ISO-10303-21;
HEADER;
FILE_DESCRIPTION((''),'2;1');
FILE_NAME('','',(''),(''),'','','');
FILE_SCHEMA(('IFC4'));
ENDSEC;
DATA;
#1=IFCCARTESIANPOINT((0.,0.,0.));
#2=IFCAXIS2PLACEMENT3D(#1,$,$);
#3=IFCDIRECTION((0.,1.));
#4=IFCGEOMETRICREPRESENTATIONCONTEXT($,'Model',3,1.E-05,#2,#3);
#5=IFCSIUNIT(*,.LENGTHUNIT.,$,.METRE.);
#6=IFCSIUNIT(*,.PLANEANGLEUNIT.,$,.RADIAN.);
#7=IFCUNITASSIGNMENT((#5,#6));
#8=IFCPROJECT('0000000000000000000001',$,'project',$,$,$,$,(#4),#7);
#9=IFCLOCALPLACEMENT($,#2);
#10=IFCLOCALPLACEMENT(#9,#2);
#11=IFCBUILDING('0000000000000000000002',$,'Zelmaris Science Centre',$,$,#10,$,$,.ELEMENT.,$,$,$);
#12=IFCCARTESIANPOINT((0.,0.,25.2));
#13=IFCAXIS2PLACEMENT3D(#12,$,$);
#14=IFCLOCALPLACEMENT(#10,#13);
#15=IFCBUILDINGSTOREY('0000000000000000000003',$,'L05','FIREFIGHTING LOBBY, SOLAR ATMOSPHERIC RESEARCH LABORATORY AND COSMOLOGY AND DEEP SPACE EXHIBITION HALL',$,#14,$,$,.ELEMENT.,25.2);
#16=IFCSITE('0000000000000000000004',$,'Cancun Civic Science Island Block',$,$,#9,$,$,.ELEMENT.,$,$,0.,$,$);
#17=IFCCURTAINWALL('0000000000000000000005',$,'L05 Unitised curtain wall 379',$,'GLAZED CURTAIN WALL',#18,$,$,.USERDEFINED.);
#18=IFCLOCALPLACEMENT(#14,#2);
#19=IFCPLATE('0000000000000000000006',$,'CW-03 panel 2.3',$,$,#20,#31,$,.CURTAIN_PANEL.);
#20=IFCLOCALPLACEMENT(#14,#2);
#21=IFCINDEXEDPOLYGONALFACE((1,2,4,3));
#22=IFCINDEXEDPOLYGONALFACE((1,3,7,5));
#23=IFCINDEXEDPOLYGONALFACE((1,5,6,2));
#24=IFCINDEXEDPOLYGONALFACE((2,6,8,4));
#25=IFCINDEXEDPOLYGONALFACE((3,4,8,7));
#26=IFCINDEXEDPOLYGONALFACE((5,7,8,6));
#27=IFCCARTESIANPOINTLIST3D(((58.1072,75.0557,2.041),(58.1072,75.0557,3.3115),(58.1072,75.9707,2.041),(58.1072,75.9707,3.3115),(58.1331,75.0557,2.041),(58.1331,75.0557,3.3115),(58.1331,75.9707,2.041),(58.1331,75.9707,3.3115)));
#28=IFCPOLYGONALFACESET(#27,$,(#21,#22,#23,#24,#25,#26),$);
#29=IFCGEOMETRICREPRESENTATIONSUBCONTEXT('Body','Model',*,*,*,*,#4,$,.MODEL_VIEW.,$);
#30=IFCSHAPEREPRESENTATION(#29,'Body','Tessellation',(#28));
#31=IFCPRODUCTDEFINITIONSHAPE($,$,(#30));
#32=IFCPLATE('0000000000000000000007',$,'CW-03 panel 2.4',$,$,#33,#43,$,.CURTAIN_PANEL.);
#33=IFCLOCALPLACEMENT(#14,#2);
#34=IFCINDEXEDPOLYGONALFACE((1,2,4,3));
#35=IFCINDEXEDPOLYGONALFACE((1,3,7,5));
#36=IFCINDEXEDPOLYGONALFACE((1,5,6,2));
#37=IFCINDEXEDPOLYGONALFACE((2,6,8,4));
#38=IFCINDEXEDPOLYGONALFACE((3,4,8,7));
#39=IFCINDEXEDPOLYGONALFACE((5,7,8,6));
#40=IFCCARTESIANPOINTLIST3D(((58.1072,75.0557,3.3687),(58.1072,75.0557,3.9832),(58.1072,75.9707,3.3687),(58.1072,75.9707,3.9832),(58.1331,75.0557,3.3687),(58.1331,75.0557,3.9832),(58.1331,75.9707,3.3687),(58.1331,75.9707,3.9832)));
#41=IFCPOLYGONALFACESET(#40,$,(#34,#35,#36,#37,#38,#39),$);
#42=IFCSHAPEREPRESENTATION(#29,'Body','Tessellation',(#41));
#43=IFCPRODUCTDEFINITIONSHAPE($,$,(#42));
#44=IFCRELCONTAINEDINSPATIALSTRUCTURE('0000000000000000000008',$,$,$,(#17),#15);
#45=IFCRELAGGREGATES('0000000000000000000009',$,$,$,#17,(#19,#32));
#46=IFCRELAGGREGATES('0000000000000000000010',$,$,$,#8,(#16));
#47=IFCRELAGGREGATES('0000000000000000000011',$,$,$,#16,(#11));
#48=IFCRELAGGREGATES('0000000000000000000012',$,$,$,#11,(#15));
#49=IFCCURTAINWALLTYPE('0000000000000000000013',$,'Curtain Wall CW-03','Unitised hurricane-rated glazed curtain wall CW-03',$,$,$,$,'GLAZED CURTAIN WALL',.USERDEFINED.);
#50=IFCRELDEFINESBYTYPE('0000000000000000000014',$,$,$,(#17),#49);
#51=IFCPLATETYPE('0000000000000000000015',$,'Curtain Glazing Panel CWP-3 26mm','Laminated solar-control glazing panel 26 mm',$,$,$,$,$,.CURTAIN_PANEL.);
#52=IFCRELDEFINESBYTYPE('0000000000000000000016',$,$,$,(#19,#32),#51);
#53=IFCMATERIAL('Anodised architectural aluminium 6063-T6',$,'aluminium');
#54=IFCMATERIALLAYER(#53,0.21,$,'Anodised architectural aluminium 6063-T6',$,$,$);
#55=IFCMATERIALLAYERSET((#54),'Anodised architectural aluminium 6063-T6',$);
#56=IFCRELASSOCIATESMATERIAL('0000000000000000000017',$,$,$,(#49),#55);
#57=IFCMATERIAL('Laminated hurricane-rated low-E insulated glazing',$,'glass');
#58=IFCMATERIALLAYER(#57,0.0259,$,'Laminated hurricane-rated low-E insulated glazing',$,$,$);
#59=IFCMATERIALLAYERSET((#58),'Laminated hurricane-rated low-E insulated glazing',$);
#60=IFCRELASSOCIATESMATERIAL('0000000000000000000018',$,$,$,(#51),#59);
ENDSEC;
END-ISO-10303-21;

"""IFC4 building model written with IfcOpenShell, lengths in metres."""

from ifc_helpers import new_model, si_unit, direction, frame, origin, origin_2d, place, context, subcontext, project, spatial, rectangle, extrude, material, layer, layer_set, type_object, element, aggregate, save


model = new_model("IFC4")

# Units and contexts
model_context = context("Model", 3, precision=1e-05, world=origin(), true_north=direction((0.0, 1.0)))
body_context = subcontext(model_context, "Body", "Model", "MODEL_VIEW")
ifc_project = project(units=[si_unit("LENGTHUNIT", "METRE"), si_unit("PLANEANGLEUNIT", "RADIAN")], contexts=[model_context])

# Site, building, storey
site_placement = place(None, origin())
site = spatial("IfcSite", under=ifc_project, at=site_placement, Name="Cancun Civic Science Island Block", CompositionType="ELEMENT", RefElevation=0.0)
building_placement = place(site_placement, origin())
building = spatial("IfcBuilding", under=site, at=building_placement, Name="Zelmaris Science Centre", CompositionType="ELEMENT")
storey_placement = place(building_placement, frame((0.0, 0.0, 25.2)))
storey = spatial("IfcBuildingStorey", under=building, at=storey_placement, Name="L05", Description="FIREFIGHTING LOBBY, SOLAR ATMOSPHERIC RESEARCH LABORATORY AND COSMOLOGY AND DEEP SPACE EXHIBITION HALL", CompositionType="ELEMENT", Elevation=25.2)

# Curtain wall
ifc_material_1 = material(Name="Anodised architectural aluminium 6063-T6", Category="aluminium")
ifc_layer_1 = layer(ifc_material_1, 0.21, Name="Anodised architectural aluminium 6063-T6")
ifc_layer_set_1 = layer_set([ifc_layer_1], Name="Anodised architectural aluminium 6063-T6")
curtain_wall_type_1 = type_object("IfcCurtainWallType", Name="Curtain Wall CW-03", Description="Unitised hurricane-rated glazed curtain wall CW-03", ElementType="GLAZED CURTAIN WALL", PredefinedType="USERDEFINED", material=ifc_layer_set_1)
curtain_wall_1_placement = place(storey_placement, origin())
curtain_wall_1 = element("IfcCurtainWall", 1, at=curtain_wall_1_placement, inside=storey, type_object=curtain_wall_type_1, Name="L05 Unitised curtain wall 379", ObjectType="GLAZED CURTAIN WALL", PredefinedType="USERDEFINED")

# Plates
ifc_material_2 = material(Name="Laminated hurricane-rated low-E insulated glazing", Category="glass")
ifc_layer_2 = layer(ifc_material_2, 0.0259, Name="Laminated hurricane-rated low-E insulated glazing")
ifc_layer_set_2 = layer_set([ifc_layer_2], Name="Laminated hurricane-rated low-E insulated glazing")
plate_type_1 = type_object("IfcPlateType", Name="Curtain Glazing Panel CWP-3 26mm", Description="Laminated solar-control glazing panel 26 mm", PredefinedType="CURTAIN_PANEL", material=ifc_layer_set_2)
plate_1_placement = place(storey_placement, frame((58.1201, 75.5132, 2.041), z_axis=(0.0, 0.0, 1.0), x_axis=(0.0, 1.0, 0.0)))
plate_1 = element("IfcPlate", 2, at=plate_1_placement, type_object=plate_type_1, Name="CW-03 panel 2.3", PredefinedType="CURTAIN_PANEL", context=body_context, shape_type="SweptSolid", body=[
    extrude(rectangle(XDim=0.915, YDim=0.0259, at=origin_2d()), origin(), (0.0, 0.0, 1.0), 1.2705),
])
plate_2_placement = place(storey_placement, frame((58.1201, 75.5132, 3.3687), z_axis=(0.0, 0.0, 1.0), x_axis=(0.0, 1.0, 0.0)))
plate_2 = element("IfcPlate", 3, at=plate_2_placement, type_object=plate_type_1, Name="CW-03 panel 2.4", PredefinedType="CURTAIN_PANEL", context=body_context, shape_type="SweptSolid", body=[
    extrude(rectangle(XDim=0.915, YDim=0.0259, at=origin_2d()), origin(), (0.0, 0.0, 1.0), 0.6145),
])
aggregate(curtain_wall_1, [plate_1, plate_2])

save(model, "model.ifc")
